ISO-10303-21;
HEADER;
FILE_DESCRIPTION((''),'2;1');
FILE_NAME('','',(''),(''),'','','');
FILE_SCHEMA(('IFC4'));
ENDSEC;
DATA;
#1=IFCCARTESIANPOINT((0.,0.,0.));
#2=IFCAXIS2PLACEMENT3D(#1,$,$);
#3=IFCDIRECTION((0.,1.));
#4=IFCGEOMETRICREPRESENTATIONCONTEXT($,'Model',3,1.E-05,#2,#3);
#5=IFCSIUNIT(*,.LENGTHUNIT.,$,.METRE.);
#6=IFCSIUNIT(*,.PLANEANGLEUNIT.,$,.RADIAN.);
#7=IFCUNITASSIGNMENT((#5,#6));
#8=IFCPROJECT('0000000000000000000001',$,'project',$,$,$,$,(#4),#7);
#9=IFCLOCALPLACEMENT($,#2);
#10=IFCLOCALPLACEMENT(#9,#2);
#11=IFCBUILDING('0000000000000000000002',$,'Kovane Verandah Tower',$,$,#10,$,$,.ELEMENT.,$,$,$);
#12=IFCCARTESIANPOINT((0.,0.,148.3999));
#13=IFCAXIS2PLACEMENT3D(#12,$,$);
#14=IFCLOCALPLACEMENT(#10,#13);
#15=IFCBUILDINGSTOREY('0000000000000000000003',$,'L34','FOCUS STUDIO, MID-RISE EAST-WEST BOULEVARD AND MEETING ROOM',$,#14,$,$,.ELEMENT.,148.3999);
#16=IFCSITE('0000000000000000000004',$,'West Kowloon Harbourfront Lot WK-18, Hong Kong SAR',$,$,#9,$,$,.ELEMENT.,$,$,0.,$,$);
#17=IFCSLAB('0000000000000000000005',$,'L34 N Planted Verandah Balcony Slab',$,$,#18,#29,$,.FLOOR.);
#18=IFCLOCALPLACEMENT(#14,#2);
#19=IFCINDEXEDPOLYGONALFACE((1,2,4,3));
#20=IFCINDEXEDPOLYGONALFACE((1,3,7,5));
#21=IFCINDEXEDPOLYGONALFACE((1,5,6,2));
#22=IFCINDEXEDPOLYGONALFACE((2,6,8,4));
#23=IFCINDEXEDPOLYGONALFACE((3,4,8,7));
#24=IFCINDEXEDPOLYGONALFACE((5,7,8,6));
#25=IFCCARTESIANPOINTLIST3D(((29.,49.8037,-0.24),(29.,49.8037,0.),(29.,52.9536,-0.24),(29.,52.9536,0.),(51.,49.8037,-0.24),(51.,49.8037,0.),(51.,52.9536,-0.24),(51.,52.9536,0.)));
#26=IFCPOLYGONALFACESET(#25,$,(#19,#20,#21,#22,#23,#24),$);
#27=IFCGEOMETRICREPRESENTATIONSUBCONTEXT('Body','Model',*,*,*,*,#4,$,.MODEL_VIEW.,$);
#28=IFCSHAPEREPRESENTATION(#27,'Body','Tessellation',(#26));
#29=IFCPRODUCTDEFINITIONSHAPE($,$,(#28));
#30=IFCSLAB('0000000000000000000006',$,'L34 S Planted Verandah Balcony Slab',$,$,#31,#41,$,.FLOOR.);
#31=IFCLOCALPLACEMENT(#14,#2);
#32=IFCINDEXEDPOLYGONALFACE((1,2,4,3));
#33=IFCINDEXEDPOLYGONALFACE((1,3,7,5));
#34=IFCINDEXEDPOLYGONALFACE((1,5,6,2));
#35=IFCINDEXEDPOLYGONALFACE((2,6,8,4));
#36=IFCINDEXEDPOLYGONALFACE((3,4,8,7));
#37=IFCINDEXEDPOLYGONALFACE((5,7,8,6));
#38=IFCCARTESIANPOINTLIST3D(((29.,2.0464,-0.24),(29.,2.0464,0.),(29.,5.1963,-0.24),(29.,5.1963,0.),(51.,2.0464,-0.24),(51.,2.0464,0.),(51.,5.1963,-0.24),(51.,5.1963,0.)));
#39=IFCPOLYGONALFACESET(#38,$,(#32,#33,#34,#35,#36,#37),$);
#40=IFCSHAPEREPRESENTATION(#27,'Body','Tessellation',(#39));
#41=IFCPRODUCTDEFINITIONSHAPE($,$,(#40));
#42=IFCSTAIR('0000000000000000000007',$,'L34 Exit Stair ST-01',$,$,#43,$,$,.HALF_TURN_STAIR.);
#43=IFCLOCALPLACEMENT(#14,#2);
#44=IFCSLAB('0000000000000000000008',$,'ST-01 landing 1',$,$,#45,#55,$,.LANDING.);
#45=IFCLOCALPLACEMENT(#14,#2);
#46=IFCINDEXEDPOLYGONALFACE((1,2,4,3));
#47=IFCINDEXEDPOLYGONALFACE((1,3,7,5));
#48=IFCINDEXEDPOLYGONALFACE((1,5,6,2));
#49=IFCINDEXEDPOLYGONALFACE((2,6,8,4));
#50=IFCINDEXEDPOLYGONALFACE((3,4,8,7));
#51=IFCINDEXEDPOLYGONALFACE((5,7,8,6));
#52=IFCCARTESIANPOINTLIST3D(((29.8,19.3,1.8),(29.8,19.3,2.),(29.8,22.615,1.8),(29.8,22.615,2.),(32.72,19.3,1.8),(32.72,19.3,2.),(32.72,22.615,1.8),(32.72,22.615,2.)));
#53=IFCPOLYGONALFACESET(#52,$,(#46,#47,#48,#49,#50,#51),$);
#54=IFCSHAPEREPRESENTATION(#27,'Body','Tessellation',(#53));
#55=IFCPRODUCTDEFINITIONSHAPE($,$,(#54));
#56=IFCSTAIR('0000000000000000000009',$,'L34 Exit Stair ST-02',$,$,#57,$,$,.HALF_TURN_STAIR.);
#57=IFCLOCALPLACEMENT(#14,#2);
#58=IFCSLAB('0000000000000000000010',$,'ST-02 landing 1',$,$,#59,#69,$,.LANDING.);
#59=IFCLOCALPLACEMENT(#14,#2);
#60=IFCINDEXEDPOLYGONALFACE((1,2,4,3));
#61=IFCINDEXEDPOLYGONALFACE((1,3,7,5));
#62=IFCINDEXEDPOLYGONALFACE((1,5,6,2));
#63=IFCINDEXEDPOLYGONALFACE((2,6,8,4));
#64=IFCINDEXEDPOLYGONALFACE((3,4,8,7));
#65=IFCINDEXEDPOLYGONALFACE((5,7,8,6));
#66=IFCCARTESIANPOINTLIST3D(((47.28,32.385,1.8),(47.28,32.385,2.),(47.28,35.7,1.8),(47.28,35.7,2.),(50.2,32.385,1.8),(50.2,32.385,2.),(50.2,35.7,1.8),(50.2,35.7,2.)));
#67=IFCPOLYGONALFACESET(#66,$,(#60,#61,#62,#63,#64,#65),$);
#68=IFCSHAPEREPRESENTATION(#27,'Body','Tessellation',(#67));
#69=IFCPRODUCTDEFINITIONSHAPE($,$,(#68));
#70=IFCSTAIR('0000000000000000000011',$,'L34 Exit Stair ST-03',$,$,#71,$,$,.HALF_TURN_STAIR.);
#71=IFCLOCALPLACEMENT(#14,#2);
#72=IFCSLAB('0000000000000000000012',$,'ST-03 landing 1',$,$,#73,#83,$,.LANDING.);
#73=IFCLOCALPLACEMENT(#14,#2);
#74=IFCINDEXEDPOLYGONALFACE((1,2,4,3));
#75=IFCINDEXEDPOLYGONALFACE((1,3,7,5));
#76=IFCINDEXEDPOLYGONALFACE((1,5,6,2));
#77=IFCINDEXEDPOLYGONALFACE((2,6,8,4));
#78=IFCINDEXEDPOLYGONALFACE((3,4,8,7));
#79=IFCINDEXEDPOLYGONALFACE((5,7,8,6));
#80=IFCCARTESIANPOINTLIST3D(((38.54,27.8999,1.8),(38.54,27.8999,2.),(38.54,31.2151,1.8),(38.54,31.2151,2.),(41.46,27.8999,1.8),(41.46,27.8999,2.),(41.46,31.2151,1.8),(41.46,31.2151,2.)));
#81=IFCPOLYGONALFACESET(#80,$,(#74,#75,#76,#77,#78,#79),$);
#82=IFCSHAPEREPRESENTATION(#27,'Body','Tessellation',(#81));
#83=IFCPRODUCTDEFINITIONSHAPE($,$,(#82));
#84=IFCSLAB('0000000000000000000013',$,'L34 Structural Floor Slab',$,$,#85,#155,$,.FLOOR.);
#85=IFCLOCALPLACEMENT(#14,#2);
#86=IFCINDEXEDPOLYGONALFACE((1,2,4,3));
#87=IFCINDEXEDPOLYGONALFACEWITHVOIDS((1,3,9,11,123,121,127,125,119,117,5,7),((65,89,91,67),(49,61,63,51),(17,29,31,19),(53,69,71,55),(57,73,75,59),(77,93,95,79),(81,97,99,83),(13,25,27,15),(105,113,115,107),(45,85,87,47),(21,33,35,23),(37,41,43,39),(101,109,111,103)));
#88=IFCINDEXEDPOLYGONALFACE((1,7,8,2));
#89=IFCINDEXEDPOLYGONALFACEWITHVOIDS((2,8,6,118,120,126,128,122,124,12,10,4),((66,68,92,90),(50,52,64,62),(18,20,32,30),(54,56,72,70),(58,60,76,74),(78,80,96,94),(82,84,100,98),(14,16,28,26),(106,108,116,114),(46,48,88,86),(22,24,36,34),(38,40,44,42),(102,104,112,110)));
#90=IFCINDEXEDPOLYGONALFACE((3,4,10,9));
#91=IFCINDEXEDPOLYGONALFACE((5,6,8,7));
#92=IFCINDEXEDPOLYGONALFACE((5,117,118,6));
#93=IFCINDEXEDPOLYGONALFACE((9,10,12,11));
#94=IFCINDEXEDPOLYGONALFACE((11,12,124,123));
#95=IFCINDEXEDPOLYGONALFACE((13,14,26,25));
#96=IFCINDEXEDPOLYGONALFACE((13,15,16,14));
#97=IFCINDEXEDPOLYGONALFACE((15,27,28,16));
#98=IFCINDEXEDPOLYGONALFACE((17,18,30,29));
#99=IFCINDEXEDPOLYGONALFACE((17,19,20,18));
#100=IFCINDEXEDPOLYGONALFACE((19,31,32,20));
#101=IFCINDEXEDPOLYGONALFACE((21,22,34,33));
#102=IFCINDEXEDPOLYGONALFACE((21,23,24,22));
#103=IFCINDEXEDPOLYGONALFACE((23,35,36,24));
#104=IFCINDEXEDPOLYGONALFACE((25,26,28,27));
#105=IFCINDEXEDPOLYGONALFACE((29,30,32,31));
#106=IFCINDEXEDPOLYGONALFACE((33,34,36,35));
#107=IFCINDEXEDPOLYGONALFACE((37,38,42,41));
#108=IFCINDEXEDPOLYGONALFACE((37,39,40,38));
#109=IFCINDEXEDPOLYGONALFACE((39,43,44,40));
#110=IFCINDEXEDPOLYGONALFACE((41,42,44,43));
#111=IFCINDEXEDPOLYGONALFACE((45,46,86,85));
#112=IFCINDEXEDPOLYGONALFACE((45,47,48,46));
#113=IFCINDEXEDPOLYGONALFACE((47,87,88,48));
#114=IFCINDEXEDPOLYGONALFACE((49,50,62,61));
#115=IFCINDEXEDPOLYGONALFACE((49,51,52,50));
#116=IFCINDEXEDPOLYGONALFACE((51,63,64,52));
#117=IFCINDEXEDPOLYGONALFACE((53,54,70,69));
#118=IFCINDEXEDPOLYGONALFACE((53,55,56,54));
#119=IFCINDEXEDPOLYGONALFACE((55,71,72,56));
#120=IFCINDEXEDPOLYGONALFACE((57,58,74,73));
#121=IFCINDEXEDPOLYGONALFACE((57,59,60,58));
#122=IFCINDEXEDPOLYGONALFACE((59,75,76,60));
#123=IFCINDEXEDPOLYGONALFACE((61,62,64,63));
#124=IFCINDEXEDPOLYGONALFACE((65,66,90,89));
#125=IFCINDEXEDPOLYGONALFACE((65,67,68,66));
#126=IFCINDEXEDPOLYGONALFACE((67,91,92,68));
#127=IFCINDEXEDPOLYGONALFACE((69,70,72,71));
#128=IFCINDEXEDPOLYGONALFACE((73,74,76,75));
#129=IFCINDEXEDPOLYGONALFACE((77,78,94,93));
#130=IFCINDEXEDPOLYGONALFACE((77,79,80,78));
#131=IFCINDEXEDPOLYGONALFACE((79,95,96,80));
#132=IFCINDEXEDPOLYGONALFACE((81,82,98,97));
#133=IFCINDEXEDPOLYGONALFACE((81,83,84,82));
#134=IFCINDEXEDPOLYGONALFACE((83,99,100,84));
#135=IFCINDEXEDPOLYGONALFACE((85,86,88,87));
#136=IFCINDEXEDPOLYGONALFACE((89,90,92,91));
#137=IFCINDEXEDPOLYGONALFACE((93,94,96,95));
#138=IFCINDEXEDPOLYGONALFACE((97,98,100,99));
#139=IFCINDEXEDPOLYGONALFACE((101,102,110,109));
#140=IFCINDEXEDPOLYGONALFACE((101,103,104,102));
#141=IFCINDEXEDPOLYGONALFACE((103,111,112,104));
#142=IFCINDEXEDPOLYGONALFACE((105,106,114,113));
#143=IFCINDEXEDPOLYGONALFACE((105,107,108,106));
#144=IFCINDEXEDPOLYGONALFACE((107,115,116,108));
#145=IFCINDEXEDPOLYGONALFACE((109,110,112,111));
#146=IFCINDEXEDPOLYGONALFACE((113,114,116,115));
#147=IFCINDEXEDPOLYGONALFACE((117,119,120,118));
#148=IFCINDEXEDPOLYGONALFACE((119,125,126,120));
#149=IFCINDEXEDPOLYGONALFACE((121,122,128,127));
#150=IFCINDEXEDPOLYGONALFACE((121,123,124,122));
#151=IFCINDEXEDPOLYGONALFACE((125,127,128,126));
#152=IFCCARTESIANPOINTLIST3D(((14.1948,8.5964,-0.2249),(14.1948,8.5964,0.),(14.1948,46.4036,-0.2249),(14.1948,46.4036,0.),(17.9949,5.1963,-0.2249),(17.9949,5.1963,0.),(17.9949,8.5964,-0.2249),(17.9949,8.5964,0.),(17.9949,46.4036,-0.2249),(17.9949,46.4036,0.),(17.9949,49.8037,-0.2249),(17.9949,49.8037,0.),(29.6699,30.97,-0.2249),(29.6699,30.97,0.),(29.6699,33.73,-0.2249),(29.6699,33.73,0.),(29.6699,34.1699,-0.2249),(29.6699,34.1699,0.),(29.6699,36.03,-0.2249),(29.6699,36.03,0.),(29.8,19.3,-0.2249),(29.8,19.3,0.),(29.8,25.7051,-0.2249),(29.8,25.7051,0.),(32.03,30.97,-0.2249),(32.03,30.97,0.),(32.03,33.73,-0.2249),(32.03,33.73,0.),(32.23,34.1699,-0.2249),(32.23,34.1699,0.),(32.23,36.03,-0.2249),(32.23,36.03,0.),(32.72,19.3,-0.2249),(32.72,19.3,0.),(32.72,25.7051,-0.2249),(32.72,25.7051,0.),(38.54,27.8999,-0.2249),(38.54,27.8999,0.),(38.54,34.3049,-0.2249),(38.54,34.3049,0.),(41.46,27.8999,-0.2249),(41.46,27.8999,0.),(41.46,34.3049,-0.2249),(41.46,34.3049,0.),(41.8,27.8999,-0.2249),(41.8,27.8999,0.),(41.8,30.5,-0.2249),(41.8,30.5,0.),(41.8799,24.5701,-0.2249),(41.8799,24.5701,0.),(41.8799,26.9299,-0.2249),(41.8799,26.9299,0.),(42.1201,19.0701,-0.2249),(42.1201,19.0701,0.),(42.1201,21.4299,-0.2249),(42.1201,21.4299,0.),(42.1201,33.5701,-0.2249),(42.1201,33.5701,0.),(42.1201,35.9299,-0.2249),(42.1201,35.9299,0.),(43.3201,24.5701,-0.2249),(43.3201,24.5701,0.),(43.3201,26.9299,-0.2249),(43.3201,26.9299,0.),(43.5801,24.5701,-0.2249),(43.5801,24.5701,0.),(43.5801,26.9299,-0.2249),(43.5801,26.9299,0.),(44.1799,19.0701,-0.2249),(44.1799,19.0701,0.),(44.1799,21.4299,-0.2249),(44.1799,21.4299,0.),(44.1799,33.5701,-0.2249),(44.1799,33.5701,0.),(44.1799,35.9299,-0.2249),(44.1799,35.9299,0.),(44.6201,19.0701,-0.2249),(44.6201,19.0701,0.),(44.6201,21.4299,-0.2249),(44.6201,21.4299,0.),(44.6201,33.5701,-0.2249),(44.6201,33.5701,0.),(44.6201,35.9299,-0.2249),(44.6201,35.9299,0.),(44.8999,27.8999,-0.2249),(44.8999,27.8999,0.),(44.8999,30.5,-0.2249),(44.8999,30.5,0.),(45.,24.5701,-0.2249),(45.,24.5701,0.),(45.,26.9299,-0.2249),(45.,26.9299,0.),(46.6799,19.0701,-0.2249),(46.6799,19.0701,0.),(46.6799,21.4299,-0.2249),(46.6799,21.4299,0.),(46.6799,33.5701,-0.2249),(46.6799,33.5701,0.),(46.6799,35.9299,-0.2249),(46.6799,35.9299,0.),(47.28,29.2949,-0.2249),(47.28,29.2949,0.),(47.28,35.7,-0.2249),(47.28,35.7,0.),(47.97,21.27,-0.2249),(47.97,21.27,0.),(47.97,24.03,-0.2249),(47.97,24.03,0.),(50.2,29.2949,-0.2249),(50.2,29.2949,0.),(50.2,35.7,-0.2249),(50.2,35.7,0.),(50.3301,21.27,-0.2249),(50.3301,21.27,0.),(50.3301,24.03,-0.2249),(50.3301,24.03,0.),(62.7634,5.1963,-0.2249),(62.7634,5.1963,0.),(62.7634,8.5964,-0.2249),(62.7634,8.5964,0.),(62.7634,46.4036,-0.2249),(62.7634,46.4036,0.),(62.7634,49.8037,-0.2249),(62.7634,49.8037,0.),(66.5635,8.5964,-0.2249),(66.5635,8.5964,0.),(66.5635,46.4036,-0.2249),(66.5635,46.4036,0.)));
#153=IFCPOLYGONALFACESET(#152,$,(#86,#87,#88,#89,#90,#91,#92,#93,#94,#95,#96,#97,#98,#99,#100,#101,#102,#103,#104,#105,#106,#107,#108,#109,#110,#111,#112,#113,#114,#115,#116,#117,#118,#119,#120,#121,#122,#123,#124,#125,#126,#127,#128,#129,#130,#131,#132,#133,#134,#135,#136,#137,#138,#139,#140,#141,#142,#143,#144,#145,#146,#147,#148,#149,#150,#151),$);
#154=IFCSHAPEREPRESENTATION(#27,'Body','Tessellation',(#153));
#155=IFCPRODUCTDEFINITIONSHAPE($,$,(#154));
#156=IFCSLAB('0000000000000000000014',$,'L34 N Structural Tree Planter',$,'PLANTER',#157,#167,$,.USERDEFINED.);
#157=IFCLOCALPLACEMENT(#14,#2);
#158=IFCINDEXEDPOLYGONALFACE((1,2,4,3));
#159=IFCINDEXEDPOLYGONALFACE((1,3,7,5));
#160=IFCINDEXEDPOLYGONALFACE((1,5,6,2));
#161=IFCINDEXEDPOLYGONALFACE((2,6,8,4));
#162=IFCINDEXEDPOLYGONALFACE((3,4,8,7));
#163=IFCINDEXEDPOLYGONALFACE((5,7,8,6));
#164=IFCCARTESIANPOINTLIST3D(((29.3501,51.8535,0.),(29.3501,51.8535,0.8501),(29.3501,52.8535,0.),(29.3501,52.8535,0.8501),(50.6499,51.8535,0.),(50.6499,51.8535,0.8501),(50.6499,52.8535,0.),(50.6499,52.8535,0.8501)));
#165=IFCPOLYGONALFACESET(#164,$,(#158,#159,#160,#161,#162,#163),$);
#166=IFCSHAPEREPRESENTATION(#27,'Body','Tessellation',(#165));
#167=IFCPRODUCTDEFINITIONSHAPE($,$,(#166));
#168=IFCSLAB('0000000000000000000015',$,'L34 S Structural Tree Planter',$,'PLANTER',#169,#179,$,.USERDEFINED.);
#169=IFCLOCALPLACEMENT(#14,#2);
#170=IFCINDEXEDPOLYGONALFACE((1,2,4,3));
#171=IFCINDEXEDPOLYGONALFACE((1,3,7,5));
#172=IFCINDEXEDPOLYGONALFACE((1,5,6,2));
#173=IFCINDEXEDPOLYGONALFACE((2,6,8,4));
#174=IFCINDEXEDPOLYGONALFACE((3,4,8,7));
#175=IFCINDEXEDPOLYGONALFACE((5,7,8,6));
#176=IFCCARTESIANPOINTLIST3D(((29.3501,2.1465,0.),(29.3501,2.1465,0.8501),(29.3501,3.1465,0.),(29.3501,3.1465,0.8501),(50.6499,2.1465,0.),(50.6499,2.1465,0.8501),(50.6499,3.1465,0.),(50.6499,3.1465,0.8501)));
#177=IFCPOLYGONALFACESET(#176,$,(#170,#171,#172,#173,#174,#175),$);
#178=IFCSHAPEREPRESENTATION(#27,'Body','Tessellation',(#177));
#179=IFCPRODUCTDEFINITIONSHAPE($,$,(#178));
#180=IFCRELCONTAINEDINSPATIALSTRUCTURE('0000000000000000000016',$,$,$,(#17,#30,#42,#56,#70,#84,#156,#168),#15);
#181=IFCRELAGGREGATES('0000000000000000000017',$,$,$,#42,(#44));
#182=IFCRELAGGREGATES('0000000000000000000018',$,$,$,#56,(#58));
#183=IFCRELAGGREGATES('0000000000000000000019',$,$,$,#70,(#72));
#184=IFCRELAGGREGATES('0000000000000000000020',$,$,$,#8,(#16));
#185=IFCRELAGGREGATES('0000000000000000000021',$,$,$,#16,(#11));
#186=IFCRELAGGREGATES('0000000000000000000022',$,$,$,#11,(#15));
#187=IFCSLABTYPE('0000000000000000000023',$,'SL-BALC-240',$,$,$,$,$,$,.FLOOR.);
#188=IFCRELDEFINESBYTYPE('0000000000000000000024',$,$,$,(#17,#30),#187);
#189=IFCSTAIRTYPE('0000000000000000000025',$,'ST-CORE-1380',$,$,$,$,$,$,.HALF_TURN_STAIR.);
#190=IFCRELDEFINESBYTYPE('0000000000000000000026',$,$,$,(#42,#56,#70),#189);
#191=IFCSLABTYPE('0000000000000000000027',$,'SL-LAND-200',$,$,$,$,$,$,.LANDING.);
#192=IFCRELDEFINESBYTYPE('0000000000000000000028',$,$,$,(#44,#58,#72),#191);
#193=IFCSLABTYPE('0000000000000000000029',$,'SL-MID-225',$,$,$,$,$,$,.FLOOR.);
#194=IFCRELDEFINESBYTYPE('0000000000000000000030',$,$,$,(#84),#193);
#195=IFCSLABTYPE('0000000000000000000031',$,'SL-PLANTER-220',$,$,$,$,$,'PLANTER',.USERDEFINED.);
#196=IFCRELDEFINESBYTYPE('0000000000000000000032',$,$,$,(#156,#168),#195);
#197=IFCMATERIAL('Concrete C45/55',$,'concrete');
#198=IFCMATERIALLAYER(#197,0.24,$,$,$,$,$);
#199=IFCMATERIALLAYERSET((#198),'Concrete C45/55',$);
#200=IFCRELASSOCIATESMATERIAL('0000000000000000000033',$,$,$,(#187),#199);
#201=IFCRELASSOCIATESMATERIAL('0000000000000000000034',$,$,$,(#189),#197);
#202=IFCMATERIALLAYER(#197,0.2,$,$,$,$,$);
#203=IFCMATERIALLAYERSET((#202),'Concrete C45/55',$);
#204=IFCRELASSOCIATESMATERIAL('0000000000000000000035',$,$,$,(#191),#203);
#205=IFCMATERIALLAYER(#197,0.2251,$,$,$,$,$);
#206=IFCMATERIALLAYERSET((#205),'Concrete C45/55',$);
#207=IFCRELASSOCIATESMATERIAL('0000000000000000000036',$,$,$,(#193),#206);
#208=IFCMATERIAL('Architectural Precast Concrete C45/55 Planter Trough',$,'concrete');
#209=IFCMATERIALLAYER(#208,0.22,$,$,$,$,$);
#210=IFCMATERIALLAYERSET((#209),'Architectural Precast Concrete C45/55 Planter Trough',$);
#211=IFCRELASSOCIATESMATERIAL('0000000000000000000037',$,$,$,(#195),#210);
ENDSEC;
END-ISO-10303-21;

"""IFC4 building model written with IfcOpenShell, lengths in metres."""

from ifc_helpers import new_model, si_unit, direction, frame, origin, place, context, subcontext, project, spatial, polyline, outline, extrude, material, layer, layer_set, type_object, element, aggregate, save


model = new_model("IFC4")

# Units and contexts
model_context = context("Model", 3, precision=1e-05, world=origin(), true_north=direction((0.0, 1.0)))
body_context = subcontext(model_context, "Body", "Model", "MODEL_VIEW")
ifc_project = project(units=[si_unit("LENGTHUNIT", "METRE"), si_unit("PLANEANGLEUNIT", "RADIAN")], contexts=[model_context])

# Site, building, storey
site_placement = place(None, origin())
site = spatial("IfcSite", under=ifc_project, at=site_placement, Name="West Kowloon Harbourfront Lot WK-18, Hong Kong SAR", CompositionType="ELEMENT", RefElevation=0.0)
building_placement = place(site_placement, origin())
building = spatial("IfcBuilding", under=site, at=building_placement, Name="Kovane Verandah Tower", CompositionType="ELEMENT")
storey_placement = place(building_placement, frame((0.0, 0.0, 148.3999)))
storey = spatial("IfcBuildingStorey", under=building, at=storey_placement, Name="L34", Description="FOCUS STUDIO, MID-RISE EAST-WEST BOULEVARD AND MEETING ROOM", CompositionType="ELEMENT", Elevation=148.3999)

# Slabs
ifc_material_1 = material(Name="Concrete C45/55", Category="concrete")
ifc_layer_1 = layer(ifc_material_1, 0.24)
ifc_layer_set_1 = layer_set([ifc_layer_1], Name="Concrete C45/55")
slab_type_1 = type_object("IfcSlabType", Name="SL-BALC-240", PredefinedType="FLOOR", material=ifc_layer_set_1)
slab_1_placement = place(storey_placement, frame((0.0, 0.0, -0.24)))
element("IfcSlab", 1, at=slab_1_placement, inside=storey, type_object=slab_type_1, Name="L34 N Planted Verandah Balcony Slab", PredefinedType="FLOOR", context=body_context, shape_type="SweptSolid", body=[
    extrude(outline(polyline([(29.0, 49.8037), (51.0, 49.8037), (51.0, 52.9536), (29.0, 52.9536), (29.0, 49.8037)])), origin(), (0.0, 0.0, 1.0), 0.24),
])
slab_2_placement = place(storey_placement, frame((0.0, 0.0, -0.24)))
element("IfcSlab", 2, at=slab_2_placement, inside=storey, type_object=slab_type_1, Name="L34 S Planted Verandah Balcony Slab", PredefinedType="FLOOR", context=body_context, shape_type="SweptSolid", body=[
    extrude(outline(polyline([(29.0, 2.0464), (51.0, 2.0464), (51.0, 5.1963), (29.0, 5.1963), (29.0, 2.0464)])), origin(), (0.0, 0.0, 1.0), 0.24),
])

# Stairs, slabs
stair_type = type_object("IfcStairType", Name="ST-CORE-1380", PredefinedType="HALF_TURN_STAIR", material=ifc_material_1)
stair_1_placement = place(storey_placement, origin())
stair_1 = element("IfcStair", 3, at=stair_1_placement, inside=storey, type_object=stair_type, Name="L34 Exit Stair ST-01", PredefinedType="HALF_TURN_STAIR")
ifc_layer_2 = layer(ifc_material_1, 0.2)
ifc_layer_set_2 = layer_set([ifc_layer_2], Name="Concrete C45/55")
slab_type_2 = type_object("IfcSlabType", Name="SL-LAND-200", PredefinedType="LANDING", material=ifc_layer_set_2)
slab_3_placement = place(storey_placement, frame((0.0, 0.0, 1.8)))
slab_3 = element("IfcSlab", 4, at=slab_3_placement, type_object=slab_type_2, Name="ST-01 landing 1", PredefinedType="LANDING", context=body_context, shape_type="SweptSolid", body=[
    extrude(outline(polyline([(29.8, 22.615), (29.8, 19.3), (32.72, 19.3), (32.72, 22.615), (29.8, 22.615)])), origin(), (0.0, 0.0, 1.0), 0.2),
])
aggregate(stair_1, [slab_3])
stair_2_placement = place(storey_placement, origin())
stair_2 = element("IfcStair", 5, at=stair_2_placement, inside=storey, type_object=stair_type, Name="L34 Exit Stair ST-02", PredefinedType="HALF_TURN_STAIR")
slab_4_placement = place(storey_placement, frame((0.0, 0.0, 1.8)))
slab_4 = element("IfcSlab", 6, at=slab_4_placement, type_object=slab_type_2, Name="ST-02 landing 1", PredefinedType="LANDING", context=body_context, shape_type="SweptSolid", body=[
    extrude(outline(polyline([(50.2, 32.385), (50.2, 35.7), (47.28, 35.7), (47.28, 32.385), (50.2, 32.385)])), origin(), (0.0, 0.0, 1.0), 0.2),
])
aggregate(stair_2, [slab_4])
stair_3_placement = place(storey_placement, origin())
stair_3 = element("IfcStair", 7, at=stair_3_placement, inside=storey, type_object=stair_type, Name="L34 Exit Stair ST-03", PredefinedType="HALF_TURN_STAIR")
slab_5_placement = place(storey_placement, frame((0.0, 0.0, 1.8)))
slab_5 = element("IfcSlab", 8, at=slab_5_placement, type_object=slab_type_2, Name="ST-03 landing 1", PredefinedType="LANDING", context=body_context, shape_type="SweptSolid", body=[
    extrude(outline(polyline([(38.54, 31.2151), (38.54, 27.8999), (41.46, 27.8999), (41.46, 31.2151), (38.54, 31.2151)])), origin(), (0.0, 0.0, 1.0), 0.2),
])
aggregate(stair_3, [slab_5])

# Slabs
ifc_layer_3 = layer(ifc_material_1, 0.2251)
ifc_layer_set_3 = layer_set([ifc_layer_3], Name="Concrete C45/55")
slab_type_3 = type_object("IfcSlabType", Name="SL-MID-225", PredefinedType="FLOOR", material=ifc_layer_set_3)
slab_6_placement = place(storey_placement, frame((0.0, 0.0, -0.2249)))
element("IfcSlab", 9, at=slab_6_placement, inside=storey, type_object=slab_type_3, Name="L34 Structural Floor Slab", PredefinedType="FLOOR", context=body_context, shape_type="SweptSolid", body=[
    extrude(outline(polyline([(17.9949, 5.1963), (62.7634, 5.1963), (62.7634, 8.5964), (66.5635, 8.5964), (66.5635, 46.4036), (62.7634, 46.4036), (62.7634, 49.8037), (17.9949, 49.8037), (17.9949, 46.4036), (14.1948, 46.4036), (14.1948, 8.5964), (17.9949, 8.5964), (17.9949, 5.1963)]), holes=[polyline([(29.8, 19.3), (32.72, 19.3), (32.72, 25.7051), (29.8, 25.7051), (29.8, 19.3)]), polyline([(47.28, 29.2949), (50.2, 29.2949), (50.2, 35.7), (47.28, 35.7), (47.28, 29.2949)]), polyline([(38.54, 27.8999), (41.46, 27.8999), (41.46, 34.3049), (38.54, 34.3049), (38.54, 27.8999)]), polyline([(29.6699, 30.97), (32.03, 30.97), (32.03, 33.73), (29.6699, 33.73), (29.6699, 30.97)]), polyline([(47.97, 21.27), (50.3301, 21.27), (50.3301, 24.03), (47.97, 24.03), (47.97, 21.27)]), polyline([(29.6699, 34.1699), (32.23, 34.1699), (32.23, 36.03), (29.6699, 36.03), (29.6699, 34.1699)]), polyline([(42.1201, 19.0701), (44.1799, 19.0701), (44.1799, 21.4299), (42.1201, 21.4299), (42.1201, 19.0701)]), polyline([(44.6201, 19.0701), (46.6799, 19.0701), (46.6799, 21.4299), (44.6201, 21.4299), (44.6201, 19.0701)]), polyline([(41.8799, 24.5701), (43.3201, 24.5701), (43.3201, 26.9299), (41.8799, 26.9299), (41.8799, 24.5701)]), polyline([(43.5801, 24.5701), (45.0, 24.5701), (45.0, 26.9299), (43.5801, 26.9299), (43.5801, 24.5701)]), polyline([(42.1201, 33.5701), (44.1799, 33.5701), (44.1799, 35.9299), (42.1201, 35.9299), (42.1201, 33.5701)]), polyline([(44.6201, 33.5701), (46.6799, 33.5701), (46.6799, 35.9299), (44.6201, 35.9299), (44.6201, 33.5701)]), polyline([(41.8, 27.8999), (44.8999, 27.8999), (44.8999, 30.5), (41.8, 30.5), (41.8, 27.8999)])]), origin(), (0.0, 0.0, 1.0), 0.2249),
])
ifc_material_2 = material(Name="Architectural Precast Concrete C45/55 Planter Trough", Category="concrete")
ifc_layer_4 = layer(ifc_material_2, 0.22)
ifc_layer_set_4 = layer_set([ifc_layer_4], Name="Architectural Precast Concrete C45/55 Planter Trough")
slab_type_4 = type_object("IfcSlabType", Name="SL-PLANTER-220", ElementType="PLANTER", PredefinedType="USERDEFINED", material=ifc_layer_set_4)
slab_7_placement = place(storey_placement, origin())
element("IfcSlab", 10, at=slab_7_placement, inside=storey, type_object=slab_type_4, Name="L34 N Structural Tree Planter", ObjectType="PLANTER", PredefinedType="USERDEFINED", context=body_context, shape_type="SweptSolid", body=[
    extrude(outline(polyline([(29.3501, 51.8535), (50.6499, 51.8535), (50.6499, 52.8535), (29.3501, 52.8535), (29.3501, 51.8535)])), origin(), (0.0, 0.0, 1.0), 0.8501),
])
slab_8_placement = place(storey_placement, origin())
element("IfcSlab", 11, at=slab_8_placement, inside=storey, type_object=slab_type_4, Name="L34 S Structural Tree Planter", ObjectType="PLANTER", PredefinedType="USERDEFINED", context=body_context, shape_type="SweptSolid", body=[
    extrude(outline(polyline([(29.3501, 2.1465), (50.6499, 2.1465), (50.6499, 3.1465), (29.3501, 3.1465), (29.3501, 2.1465)])), origin(), (0.0, 0.0, 1.0), 0.8501),
])

save(model, "model.ifc")
